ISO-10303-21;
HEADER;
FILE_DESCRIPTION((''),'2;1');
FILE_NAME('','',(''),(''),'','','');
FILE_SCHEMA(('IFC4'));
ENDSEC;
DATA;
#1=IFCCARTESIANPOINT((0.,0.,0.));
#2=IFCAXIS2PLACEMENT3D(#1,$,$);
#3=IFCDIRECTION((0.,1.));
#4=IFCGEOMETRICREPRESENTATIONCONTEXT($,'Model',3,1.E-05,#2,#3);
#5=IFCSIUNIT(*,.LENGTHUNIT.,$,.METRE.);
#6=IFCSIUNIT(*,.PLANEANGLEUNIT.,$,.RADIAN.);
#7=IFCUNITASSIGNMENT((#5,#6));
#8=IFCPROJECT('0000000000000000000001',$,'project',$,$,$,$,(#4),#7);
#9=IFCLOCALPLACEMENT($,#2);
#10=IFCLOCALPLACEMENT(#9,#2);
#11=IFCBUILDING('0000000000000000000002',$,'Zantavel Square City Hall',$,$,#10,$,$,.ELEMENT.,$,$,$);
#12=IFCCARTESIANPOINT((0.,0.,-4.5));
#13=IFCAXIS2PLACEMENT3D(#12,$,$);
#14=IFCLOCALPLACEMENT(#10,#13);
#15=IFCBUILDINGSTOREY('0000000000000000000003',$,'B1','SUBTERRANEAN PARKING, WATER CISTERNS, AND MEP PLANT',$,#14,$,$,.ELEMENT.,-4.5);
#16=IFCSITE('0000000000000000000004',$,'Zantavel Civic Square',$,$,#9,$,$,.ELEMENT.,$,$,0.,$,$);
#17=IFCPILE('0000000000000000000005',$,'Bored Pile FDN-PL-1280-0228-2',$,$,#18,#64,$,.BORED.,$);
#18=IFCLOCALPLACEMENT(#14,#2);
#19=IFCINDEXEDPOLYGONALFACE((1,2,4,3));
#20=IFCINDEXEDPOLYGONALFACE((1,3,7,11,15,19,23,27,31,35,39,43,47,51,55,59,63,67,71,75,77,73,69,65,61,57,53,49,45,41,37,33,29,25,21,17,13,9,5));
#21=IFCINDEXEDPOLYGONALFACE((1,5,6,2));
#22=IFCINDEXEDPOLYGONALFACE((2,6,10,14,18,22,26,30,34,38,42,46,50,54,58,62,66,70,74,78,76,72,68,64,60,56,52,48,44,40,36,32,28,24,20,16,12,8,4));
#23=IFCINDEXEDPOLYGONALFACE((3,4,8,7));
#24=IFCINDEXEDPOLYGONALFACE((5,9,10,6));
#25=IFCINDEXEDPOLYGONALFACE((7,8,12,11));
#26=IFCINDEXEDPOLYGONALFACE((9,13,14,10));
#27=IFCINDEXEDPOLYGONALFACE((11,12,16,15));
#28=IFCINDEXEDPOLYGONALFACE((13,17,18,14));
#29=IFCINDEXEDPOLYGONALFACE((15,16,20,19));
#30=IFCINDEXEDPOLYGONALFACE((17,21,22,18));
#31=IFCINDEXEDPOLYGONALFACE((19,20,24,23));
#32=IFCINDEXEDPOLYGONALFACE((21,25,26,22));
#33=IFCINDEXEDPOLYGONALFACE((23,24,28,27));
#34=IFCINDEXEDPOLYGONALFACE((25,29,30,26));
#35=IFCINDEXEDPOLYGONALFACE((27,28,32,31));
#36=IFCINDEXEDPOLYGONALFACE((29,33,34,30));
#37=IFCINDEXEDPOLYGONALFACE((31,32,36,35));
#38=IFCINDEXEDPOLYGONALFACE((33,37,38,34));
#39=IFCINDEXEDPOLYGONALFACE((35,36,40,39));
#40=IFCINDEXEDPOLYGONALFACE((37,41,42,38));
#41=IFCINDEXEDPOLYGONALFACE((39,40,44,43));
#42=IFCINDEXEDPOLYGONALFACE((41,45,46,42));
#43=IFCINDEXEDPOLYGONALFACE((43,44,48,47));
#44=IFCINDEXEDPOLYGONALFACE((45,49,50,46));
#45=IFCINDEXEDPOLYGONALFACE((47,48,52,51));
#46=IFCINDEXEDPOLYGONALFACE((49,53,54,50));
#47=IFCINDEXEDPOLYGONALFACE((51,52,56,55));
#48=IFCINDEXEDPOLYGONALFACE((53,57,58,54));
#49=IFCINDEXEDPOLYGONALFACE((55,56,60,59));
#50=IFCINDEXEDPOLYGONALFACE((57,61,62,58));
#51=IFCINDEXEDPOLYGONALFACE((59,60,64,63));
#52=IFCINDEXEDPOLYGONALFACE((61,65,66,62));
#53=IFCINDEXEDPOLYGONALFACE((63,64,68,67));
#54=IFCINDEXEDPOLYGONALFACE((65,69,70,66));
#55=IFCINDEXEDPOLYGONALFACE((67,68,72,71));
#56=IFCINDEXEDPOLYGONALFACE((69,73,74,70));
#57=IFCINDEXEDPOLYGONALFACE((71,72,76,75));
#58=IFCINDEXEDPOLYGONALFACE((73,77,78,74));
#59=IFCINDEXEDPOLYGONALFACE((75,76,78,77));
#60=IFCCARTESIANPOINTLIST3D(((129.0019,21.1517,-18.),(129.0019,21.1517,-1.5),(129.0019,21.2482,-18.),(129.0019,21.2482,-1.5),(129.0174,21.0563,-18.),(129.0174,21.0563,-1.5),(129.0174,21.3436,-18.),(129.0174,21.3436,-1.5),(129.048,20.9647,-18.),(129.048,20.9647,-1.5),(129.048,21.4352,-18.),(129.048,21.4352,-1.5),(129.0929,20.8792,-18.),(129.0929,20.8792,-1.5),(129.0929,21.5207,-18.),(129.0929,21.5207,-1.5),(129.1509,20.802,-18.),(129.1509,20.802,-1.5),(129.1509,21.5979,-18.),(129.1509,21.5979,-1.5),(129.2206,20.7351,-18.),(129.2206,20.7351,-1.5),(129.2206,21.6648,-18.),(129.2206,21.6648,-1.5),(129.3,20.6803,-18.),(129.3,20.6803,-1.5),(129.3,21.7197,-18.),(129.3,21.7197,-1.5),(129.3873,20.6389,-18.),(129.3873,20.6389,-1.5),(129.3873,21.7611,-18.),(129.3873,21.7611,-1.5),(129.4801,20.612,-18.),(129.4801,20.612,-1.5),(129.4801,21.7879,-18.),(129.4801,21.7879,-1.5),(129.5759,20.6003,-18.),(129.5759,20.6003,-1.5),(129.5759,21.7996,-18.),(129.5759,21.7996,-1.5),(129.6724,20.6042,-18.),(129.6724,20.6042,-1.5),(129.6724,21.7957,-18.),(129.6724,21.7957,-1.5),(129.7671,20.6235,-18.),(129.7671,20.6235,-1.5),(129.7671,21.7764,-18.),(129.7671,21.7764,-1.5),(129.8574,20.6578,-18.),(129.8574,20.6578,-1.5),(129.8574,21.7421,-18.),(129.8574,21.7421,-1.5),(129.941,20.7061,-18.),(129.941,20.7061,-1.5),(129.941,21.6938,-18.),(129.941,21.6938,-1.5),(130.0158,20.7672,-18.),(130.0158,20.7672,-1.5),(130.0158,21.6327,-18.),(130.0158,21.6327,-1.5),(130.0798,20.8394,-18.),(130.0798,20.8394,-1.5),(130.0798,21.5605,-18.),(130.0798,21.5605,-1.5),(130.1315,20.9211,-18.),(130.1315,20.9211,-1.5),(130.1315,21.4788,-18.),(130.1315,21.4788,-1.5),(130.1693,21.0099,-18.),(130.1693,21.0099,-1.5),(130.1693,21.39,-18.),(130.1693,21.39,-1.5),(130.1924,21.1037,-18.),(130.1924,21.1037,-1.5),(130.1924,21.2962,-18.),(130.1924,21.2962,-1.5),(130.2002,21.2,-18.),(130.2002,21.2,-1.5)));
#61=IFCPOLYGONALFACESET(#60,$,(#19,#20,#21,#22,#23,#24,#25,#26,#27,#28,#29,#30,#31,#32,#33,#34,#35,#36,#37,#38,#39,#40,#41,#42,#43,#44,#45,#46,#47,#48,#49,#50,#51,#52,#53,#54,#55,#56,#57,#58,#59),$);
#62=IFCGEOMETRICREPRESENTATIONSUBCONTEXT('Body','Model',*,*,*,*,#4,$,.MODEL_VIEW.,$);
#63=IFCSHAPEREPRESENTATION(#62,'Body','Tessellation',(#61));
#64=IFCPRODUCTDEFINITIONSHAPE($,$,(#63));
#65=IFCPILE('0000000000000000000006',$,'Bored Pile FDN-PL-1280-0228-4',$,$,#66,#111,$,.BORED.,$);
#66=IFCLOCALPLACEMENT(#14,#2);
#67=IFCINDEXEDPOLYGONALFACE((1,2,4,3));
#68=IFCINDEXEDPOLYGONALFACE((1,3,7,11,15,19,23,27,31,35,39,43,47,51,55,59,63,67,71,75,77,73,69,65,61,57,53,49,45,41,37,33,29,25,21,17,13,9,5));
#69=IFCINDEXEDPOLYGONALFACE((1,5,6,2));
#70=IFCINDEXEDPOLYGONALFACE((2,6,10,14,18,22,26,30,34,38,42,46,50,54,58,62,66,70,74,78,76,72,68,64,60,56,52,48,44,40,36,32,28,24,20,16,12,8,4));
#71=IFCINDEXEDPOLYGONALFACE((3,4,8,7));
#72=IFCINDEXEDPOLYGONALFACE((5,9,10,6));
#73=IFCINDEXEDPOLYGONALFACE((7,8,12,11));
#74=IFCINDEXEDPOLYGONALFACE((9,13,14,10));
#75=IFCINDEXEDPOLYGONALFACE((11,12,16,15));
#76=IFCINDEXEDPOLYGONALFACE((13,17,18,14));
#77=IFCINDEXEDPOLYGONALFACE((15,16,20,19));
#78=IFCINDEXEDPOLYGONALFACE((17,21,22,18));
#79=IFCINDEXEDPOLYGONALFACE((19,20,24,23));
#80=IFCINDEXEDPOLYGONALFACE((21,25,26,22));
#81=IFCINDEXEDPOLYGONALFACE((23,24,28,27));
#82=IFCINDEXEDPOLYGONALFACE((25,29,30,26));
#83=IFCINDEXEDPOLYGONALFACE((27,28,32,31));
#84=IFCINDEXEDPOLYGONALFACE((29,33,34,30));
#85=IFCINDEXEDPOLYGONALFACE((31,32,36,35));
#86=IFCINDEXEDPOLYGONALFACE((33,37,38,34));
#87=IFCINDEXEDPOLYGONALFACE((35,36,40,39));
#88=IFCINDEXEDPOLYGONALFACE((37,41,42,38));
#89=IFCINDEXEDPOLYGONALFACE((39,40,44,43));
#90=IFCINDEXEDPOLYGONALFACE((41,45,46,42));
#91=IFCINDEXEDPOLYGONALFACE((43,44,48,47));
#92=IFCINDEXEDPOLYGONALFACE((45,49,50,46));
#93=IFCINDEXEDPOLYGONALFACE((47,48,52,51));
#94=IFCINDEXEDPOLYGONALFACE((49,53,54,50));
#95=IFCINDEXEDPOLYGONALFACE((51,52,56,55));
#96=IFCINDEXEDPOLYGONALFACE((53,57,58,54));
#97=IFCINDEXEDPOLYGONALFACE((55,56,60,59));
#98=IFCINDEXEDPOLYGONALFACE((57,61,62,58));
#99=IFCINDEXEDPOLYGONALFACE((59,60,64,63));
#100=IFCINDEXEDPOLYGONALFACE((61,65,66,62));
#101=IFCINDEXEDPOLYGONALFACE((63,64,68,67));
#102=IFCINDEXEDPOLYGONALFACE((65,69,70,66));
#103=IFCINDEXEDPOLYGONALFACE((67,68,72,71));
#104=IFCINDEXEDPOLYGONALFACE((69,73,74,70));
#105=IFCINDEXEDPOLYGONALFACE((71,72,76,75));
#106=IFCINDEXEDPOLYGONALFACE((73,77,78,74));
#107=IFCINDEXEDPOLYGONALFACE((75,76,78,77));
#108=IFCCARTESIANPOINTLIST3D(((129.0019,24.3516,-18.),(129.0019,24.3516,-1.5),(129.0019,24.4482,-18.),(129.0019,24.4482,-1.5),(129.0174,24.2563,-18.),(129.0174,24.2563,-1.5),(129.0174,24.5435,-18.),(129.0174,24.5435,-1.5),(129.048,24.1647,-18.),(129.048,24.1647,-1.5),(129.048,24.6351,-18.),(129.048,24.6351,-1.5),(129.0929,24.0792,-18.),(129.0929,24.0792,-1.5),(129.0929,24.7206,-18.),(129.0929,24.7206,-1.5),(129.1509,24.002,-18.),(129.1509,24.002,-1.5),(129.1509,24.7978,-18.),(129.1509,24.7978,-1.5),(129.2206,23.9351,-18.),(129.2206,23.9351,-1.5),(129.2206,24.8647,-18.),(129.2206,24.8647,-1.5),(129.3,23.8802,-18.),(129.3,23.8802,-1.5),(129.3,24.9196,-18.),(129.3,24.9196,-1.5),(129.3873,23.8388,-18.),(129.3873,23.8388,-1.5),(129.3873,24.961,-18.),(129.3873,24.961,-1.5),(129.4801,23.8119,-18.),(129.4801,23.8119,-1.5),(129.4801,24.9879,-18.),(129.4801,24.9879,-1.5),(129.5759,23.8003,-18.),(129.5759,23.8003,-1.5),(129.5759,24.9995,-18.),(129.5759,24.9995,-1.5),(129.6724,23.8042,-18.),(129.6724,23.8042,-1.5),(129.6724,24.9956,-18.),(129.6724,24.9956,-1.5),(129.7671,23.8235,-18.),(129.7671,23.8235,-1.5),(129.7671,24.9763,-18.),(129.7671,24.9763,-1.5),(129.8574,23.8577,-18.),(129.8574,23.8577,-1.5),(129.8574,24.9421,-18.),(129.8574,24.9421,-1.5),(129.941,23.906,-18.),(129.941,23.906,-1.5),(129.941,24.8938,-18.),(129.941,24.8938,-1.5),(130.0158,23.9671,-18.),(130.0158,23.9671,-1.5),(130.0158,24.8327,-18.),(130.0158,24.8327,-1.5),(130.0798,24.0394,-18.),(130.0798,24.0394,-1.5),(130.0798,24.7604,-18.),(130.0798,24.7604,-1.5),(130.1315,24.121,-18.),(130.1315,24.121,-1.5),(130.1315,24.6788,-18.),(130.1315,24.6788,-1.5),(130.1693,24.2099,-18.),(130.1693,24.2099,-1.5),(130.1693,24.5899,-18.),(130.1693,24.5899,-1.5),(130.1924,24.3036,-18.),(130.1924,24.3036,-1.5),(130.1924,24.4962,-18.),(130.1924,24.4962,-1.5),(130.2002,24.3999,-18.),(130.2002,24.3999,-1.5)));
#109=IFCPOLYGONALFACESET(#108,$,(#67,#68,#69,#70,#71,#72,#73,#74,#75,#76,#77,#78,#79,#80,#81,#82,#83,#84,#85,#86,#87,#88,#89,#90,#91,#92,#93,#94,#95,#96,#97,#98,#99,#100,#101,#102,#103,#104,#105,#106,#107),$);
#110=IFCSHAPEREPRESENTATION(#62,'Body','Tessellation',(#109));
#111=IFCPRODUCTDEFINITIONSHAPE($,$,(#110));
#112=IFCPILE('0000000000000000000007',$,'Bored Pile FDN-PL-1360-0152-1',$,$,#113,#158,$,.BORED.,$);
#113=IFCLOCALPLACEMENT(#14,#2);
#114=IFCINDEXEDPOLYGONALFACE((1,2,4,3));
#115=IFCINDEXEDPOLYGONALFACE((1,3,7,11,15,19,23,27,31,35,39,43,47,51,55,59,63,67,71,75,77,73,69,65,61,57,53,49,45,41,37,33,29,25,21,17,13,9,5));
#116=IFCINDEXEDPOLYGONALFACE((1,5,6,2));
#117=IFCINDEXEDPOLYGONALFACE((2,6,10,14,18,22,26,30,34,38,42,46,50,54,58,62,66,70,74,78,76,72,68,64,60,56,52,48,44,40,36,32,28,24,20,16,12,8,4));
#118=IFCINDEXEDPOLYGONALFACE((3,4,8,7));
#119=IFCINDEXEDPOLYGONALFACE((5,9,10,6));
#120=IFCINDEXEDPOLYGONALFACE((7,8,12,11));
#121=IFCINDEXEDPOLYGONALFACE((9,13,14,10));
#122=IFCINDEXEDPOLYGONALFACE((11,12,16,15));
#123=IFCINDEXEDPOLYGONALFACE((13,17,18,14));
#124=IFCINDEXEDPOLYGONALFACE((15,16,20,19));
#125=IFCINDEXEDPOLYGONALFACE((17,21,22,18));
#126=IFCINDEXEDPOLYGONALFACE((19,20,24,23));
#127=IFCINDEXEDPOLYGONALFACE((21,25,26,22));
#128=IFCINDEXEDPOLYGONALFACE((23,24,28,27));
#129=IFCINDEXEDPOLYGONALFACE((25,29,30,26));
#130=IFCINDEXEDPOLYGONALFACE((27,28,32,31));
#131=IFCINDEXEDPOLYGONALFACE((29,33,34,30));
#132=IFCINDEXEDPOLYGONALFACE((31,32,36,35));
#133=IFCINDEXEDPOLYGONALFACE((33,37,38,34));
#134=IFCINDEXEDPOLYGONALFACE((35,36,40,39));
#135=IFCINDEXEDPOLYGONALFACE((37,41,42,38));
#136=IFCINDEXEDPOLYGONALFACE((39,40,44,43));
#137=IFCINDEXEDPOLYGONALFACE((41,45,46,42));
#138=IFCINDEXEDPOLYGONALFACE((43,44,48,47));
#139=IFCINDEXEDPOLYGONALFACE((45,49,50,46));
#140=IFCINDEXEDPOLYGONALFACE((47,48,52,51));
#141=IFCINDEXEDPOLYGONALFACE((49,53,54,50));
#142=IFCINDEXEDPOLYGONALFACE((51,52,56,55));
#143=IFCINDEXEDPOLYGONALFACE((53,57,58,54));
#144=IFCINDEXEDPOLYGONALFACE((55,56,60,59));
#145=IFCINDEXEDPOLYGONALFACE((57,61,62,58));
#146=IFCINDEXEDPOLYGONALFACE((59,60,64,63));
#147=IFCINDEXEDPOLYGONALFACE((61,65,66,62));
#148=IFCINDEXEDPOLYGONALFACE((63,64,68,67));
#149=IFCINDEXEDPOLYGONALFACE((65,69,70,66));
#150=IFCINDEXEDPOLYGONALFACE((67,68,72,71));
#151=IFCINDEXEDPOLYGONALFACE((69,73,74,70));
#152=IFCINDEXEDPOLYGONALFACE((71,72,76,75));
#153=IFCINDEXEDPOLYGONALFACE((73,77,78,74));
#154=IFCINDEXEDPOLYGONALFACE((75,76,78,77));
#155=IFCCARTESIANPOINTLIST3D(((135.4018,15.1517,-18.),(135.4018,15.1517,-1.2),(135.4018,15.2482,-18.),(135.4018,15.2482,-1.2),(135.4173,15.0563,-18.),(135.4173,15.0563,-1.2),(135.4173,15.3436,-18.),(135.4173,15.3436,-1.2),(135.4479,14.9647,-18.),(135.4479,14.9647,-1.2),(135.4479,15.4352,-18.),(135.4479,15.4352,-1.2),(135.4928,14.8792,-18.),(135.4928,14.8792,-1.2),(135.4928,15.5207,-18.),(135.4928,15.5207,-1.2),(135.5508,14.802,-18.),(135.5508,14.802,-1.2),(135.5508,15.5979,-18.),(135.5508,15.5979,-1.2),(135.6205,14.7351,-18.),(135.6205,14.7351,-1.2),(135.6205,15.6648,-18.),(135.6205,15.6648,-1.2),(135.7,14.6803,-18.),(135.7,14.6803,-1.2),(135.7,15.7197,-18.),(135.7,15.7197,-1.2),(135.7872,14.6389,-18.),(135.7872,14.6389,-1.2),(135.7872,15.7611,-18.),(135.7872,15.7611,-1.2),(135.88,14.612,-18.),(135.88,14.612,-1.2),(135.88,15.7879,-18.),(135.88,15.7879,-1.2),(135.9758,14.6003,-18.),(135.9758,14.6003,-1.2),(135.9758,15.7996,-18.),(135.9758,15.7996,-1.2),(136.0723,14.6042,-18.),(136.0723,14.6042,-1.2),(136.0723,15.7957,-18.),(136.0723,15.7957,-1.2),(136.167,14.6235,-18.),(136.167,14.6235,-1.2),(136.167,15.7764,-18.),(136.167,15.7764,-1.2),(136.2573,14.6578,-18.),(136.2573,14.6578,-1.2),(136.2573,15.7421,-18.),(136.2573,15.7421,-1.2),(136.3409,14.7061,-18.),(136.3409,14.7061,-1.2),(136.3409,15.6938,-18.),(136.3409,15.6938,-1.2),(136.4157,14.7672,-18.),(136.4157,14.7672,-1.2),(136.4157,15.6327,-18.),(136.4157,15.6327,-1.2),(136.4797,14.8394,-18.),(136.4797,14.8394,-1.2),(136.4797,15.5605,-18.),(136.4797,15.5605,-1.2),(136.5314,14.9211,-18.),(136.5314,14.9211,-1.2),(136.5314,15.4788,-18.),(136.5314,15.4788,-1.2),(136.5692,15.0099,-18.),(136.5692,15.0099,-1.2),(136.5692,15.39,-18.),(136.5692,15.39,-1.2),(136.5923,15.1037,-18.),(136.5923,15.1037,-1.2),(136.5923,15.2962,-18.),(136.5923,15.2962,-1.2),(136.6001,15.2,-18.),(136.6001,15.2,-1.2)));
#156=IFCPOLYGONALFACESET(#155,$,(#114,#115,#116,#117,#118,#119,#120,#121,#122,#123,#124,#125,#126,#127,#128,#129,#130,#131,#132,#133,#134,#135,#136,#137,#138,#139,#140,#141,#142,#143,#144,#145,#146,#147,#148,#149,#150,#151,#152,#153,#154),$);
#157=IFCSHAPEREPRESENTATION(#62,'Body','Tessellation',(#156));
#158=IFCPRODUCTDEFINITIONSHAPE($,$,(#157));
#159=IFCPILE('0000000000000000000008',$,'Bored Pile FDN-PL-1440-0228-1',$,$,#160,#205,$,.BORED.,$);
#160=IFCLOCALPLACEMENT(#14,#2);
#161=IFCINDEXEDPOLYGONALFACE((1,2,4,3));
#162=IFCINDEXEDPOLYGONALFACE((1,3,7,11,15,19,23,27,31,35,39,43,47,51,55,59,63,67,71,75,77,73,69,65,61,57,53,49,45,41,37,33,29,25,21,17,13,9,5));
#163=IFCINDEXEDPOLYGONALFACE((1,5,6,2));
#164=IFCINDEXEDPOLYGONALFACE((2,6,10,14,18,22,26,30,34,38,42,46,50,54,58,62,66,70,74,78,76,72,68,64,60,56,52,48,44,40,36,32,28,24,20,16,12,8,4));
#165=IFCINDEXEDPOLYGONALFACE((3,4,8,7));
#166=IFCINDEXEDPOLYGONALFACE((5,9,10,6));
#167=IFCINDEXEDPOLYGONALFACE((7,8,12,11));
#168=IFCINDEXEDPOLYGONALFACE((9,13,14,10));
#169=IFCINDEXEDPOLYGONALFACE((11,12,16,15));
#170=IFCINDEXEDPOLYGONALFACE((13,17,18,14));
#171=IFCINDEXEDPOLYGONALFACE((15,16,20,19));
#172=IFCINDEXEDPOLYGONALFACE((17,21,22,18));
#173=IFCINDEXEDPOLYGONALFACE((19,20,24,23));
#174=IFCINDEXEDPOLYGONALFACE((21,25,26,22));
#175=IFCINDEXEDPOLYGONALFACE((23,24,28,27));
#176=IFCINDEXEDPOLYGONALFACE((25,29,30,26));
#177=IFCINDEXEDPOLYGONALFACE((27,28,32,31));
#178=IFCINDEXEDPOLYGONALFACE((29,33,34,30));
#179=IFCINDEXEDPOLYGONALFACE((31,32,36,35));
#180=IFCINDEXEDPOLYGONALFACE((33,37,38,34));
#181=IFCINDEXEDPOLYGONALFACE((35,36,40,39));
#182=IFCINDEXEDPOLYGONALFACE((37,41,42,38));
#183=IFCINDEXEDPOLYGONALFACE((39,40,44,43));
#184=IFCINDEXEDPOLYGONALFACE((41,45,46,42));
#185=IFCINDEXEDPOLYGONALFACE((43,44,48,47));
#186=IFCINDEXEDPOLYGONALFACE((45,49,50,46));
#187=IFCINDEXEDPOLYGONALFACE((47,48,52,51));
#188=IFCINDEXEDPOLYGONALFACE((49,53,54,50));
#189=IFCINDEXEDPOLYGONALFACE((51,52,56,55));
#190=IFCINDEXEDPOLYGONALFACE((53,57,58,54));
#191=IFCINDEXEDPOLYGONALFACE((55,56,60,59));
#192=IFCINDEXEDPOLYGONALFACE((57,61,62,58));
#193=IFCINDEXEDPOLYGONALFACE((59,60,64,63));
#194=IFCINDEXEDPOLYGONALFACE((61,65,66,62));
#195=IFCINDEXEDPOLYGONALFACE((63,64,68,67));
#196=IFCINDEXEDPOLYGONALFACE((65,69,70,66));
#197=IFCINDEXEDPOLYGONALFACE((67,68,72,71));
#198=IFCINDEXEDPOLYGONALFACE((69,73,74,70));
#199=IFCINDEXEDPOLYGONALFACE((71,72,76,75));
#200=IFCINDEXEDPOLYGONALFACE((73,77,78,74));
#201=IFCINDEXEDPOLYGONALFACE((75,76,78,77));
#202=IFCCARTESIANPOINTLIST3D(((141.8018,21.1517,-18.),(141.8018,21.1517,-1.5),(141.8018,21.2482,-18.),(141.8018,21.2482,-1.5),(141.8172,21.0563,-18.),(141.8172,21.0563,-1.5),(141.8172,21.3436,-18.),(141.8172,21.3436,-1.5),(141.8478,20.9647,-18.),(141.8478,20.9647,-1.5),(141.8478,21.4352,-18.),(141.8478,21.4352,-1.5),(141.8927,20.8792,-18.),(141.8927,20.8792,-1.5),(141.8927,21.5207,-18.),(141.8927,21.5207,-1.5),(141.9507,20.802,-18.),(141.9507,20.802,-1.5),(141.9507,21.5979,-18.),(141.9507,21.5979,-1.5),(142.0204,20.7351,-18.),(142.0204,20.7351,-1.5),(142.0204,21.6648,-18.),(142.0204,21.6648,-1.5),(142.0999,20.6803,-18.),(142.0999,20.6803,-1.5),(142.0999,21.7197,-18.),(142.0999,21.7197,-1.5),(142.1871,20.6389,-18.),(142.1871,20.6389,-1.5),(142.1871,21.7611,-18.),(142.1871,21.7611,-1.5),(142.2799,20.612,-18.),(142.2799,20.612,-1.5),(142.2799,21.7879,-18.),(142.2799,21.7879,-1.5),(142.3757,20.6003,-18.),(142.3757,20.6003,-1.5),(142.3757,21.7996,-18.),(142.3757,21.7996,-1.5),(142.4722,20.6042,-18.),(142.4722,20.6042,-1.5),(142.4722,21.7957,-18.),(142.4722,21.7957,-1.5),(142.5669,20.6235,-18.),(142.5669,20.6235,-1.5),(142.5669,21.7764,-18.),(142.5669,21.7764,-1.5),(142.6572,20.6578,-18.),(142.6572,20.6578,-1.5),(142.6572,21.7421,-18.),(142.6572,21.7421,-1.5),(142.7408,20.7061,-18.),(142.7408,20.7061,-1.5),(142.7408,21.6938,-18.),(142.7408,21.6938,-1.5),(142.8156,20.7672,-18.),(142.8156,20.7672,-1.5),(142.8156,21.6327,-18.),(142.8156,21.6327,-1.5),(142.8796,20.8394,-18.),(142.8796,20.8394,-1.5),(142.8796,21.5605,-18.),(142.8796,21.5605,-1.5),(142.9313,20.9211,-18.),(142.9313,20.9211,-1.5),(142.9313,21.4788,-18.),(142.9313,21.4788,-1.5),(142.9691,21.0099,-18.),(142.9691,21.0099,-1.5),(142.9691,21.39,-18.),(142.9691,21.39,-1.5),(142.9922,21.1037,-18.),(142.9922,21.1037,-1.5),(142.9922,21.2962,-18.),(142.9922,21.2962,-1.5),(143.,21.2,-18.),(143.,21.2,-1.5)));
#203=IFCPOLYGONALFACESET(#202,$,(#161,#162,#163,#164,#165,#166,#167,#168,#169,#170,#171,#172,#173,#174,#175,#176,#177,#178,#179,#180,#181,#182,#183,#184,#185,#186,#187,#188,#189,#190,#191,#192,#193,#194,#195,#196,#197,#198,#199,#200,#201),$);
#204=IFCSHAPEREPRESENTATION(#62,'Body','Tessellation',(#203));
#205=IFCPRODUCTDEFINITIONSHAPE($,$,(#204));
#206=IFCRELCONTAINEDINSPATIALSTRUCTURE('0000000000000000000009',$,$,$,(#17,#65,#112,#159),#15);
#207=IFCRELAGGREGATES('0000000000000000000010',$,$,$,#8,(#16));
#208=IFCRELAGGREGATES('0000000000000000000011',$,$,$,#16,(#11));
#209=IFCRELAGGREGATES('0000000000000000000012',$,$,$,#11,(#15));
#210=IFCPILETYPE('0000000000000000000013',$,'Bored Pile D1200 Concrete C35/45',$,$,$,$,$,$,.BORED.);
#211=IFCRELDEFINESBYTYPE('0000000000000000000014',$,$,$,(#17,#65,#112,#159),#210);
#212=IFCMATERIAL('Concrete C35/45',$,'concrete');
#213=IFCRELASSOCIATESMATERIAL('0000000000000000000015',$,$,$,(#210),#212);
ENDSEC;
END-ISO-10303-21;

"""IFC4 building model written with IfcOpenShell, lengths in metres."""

from ifc_helpers import new_model, si_unit, direction, frame, origin, origin_2d, place, context, subcontext, project, spatial, circle, extrude, material, material_profile, profile_set, type_object, element, save


model = new_model("IFC4")

# Units and contexts
model_context = context("Model", 3, precision=1e-05, world=origin(), true_north=direction((0.0, 1.0)))
body_context = subcontext(model_context, "Body", "Model", "MODEL_VIEW")
ifc_project = project(units=[si_unit("LENGTHUNIT", "METRE"), si_unit("PLANEANGLEUNIT", "RADIAN")], contexts=[model_context])

# Site, building, storey
site_placement = place(None, origin())
site = spatial("IfcSite", under=ifc_project, at=site_placement, Name="Zantavel Civic Square", CompositionType="ELEMENT", RefElevation=0.0)
building_placement = place(site_placement, origin())
building = spatial("IfcBuilding", under=site, at=building_placement, Name="Zantavel Square City Hall", CompositionType="ELEMENT")
storey_placement = place(building_placement, frame((0.0, 0.0, -4.5)))
storey = spatial("IfcBuildingStorey", under=building, at=storey_placement, Name="B1", Description="SUBTERRANEAN PARKING, WATER CISTERNS, AND MEP PLANT", CompositionType="ELEMENT", Elevation=-4.5)

# Piles
ifc_material_1 = material(Name="Concrete C35/45", Category="concrete")
ifc_material_profile_1 = material_profile(ifc_material_1, circle(Radius=0.6001, at=origin_2d()), Name="PILE D1200")
ifc_profile_set_1 = profile_set([ifc_material_profile_1], Name="Concrete C35/45")
pile_type_1 = type_object("IfcPileType", Name="Bored Pile D1200 Concrete C35/45", PredefinedType="BORED", material=ifc_profile_set_1)
for number, where, z_axis, x_axis, name in (
    (1, (129.6001, 21.2, -1.5), (0.0, 0.0, -1.0), (1.0, 0.0, 0.0), "Bored Pile FDN-PL-1280-0228-2"),
    (2, (129.6001, 24.3999, -1.5), (0.0, 0.0, -1.0), (1.0, 0.0, 0.0), "Bored Pile FDN-PL-1280-0228-4"),
):
    element("IfcPile", number, at=place(storey_placement, frame(where, z_axis=z_axis, x_axis=x_axis)), inside=storey, type_object=pile_type_1, Name=name, PredefinedType="BORED", context=body_context, shape_type="SweptSolid", body=[
        extrude(circle(Radius=0.6001, at=origin_2d()), origin(), (0.0, 0.0, 1.0), 16.5),
    ])
pile_1_placement = place(storey_placement, frame((136.0, 15.2, -1.2), z_axis=(0.0, 0.0, -1.0), x_axis=(1.0, 0.0, 0.0)))
element("IfcPile", 3, at=pile_1_placement, inside=storey, type_object=pile_type_1, Name="Bored Pile FDN-PL-1360-0152-1", PredefinedType="BORED", context=body_context, shape_type="SweptSolid", body=[
    extrude(circle(Radius=0.6001, at=origin_2d()), origin(), (0.0, 0.0, 1.0), 16.8),
])
pile_2_placement = place(storey_placement, frame((142.3999, 21.2, -1.5), z_axis=(0.0, 0.0, -1.0), x_axis=(1.0, 0.0, 0.0)))
element("IfcPile", 4, at=pile_2_placement, inside=storey, type_object=pile_type_1, Name="Bored Pile FDN-PL-1440-0228-1", PredefinedType="BORED", context=body_context, shape_type="SweptSolid", body=[
    extrude(circle(Radius=0.6001, at=origin_2d()), origin(), (0.0, 0.0, 1.0), 16.5),
])

save(model, "model.ifc")
